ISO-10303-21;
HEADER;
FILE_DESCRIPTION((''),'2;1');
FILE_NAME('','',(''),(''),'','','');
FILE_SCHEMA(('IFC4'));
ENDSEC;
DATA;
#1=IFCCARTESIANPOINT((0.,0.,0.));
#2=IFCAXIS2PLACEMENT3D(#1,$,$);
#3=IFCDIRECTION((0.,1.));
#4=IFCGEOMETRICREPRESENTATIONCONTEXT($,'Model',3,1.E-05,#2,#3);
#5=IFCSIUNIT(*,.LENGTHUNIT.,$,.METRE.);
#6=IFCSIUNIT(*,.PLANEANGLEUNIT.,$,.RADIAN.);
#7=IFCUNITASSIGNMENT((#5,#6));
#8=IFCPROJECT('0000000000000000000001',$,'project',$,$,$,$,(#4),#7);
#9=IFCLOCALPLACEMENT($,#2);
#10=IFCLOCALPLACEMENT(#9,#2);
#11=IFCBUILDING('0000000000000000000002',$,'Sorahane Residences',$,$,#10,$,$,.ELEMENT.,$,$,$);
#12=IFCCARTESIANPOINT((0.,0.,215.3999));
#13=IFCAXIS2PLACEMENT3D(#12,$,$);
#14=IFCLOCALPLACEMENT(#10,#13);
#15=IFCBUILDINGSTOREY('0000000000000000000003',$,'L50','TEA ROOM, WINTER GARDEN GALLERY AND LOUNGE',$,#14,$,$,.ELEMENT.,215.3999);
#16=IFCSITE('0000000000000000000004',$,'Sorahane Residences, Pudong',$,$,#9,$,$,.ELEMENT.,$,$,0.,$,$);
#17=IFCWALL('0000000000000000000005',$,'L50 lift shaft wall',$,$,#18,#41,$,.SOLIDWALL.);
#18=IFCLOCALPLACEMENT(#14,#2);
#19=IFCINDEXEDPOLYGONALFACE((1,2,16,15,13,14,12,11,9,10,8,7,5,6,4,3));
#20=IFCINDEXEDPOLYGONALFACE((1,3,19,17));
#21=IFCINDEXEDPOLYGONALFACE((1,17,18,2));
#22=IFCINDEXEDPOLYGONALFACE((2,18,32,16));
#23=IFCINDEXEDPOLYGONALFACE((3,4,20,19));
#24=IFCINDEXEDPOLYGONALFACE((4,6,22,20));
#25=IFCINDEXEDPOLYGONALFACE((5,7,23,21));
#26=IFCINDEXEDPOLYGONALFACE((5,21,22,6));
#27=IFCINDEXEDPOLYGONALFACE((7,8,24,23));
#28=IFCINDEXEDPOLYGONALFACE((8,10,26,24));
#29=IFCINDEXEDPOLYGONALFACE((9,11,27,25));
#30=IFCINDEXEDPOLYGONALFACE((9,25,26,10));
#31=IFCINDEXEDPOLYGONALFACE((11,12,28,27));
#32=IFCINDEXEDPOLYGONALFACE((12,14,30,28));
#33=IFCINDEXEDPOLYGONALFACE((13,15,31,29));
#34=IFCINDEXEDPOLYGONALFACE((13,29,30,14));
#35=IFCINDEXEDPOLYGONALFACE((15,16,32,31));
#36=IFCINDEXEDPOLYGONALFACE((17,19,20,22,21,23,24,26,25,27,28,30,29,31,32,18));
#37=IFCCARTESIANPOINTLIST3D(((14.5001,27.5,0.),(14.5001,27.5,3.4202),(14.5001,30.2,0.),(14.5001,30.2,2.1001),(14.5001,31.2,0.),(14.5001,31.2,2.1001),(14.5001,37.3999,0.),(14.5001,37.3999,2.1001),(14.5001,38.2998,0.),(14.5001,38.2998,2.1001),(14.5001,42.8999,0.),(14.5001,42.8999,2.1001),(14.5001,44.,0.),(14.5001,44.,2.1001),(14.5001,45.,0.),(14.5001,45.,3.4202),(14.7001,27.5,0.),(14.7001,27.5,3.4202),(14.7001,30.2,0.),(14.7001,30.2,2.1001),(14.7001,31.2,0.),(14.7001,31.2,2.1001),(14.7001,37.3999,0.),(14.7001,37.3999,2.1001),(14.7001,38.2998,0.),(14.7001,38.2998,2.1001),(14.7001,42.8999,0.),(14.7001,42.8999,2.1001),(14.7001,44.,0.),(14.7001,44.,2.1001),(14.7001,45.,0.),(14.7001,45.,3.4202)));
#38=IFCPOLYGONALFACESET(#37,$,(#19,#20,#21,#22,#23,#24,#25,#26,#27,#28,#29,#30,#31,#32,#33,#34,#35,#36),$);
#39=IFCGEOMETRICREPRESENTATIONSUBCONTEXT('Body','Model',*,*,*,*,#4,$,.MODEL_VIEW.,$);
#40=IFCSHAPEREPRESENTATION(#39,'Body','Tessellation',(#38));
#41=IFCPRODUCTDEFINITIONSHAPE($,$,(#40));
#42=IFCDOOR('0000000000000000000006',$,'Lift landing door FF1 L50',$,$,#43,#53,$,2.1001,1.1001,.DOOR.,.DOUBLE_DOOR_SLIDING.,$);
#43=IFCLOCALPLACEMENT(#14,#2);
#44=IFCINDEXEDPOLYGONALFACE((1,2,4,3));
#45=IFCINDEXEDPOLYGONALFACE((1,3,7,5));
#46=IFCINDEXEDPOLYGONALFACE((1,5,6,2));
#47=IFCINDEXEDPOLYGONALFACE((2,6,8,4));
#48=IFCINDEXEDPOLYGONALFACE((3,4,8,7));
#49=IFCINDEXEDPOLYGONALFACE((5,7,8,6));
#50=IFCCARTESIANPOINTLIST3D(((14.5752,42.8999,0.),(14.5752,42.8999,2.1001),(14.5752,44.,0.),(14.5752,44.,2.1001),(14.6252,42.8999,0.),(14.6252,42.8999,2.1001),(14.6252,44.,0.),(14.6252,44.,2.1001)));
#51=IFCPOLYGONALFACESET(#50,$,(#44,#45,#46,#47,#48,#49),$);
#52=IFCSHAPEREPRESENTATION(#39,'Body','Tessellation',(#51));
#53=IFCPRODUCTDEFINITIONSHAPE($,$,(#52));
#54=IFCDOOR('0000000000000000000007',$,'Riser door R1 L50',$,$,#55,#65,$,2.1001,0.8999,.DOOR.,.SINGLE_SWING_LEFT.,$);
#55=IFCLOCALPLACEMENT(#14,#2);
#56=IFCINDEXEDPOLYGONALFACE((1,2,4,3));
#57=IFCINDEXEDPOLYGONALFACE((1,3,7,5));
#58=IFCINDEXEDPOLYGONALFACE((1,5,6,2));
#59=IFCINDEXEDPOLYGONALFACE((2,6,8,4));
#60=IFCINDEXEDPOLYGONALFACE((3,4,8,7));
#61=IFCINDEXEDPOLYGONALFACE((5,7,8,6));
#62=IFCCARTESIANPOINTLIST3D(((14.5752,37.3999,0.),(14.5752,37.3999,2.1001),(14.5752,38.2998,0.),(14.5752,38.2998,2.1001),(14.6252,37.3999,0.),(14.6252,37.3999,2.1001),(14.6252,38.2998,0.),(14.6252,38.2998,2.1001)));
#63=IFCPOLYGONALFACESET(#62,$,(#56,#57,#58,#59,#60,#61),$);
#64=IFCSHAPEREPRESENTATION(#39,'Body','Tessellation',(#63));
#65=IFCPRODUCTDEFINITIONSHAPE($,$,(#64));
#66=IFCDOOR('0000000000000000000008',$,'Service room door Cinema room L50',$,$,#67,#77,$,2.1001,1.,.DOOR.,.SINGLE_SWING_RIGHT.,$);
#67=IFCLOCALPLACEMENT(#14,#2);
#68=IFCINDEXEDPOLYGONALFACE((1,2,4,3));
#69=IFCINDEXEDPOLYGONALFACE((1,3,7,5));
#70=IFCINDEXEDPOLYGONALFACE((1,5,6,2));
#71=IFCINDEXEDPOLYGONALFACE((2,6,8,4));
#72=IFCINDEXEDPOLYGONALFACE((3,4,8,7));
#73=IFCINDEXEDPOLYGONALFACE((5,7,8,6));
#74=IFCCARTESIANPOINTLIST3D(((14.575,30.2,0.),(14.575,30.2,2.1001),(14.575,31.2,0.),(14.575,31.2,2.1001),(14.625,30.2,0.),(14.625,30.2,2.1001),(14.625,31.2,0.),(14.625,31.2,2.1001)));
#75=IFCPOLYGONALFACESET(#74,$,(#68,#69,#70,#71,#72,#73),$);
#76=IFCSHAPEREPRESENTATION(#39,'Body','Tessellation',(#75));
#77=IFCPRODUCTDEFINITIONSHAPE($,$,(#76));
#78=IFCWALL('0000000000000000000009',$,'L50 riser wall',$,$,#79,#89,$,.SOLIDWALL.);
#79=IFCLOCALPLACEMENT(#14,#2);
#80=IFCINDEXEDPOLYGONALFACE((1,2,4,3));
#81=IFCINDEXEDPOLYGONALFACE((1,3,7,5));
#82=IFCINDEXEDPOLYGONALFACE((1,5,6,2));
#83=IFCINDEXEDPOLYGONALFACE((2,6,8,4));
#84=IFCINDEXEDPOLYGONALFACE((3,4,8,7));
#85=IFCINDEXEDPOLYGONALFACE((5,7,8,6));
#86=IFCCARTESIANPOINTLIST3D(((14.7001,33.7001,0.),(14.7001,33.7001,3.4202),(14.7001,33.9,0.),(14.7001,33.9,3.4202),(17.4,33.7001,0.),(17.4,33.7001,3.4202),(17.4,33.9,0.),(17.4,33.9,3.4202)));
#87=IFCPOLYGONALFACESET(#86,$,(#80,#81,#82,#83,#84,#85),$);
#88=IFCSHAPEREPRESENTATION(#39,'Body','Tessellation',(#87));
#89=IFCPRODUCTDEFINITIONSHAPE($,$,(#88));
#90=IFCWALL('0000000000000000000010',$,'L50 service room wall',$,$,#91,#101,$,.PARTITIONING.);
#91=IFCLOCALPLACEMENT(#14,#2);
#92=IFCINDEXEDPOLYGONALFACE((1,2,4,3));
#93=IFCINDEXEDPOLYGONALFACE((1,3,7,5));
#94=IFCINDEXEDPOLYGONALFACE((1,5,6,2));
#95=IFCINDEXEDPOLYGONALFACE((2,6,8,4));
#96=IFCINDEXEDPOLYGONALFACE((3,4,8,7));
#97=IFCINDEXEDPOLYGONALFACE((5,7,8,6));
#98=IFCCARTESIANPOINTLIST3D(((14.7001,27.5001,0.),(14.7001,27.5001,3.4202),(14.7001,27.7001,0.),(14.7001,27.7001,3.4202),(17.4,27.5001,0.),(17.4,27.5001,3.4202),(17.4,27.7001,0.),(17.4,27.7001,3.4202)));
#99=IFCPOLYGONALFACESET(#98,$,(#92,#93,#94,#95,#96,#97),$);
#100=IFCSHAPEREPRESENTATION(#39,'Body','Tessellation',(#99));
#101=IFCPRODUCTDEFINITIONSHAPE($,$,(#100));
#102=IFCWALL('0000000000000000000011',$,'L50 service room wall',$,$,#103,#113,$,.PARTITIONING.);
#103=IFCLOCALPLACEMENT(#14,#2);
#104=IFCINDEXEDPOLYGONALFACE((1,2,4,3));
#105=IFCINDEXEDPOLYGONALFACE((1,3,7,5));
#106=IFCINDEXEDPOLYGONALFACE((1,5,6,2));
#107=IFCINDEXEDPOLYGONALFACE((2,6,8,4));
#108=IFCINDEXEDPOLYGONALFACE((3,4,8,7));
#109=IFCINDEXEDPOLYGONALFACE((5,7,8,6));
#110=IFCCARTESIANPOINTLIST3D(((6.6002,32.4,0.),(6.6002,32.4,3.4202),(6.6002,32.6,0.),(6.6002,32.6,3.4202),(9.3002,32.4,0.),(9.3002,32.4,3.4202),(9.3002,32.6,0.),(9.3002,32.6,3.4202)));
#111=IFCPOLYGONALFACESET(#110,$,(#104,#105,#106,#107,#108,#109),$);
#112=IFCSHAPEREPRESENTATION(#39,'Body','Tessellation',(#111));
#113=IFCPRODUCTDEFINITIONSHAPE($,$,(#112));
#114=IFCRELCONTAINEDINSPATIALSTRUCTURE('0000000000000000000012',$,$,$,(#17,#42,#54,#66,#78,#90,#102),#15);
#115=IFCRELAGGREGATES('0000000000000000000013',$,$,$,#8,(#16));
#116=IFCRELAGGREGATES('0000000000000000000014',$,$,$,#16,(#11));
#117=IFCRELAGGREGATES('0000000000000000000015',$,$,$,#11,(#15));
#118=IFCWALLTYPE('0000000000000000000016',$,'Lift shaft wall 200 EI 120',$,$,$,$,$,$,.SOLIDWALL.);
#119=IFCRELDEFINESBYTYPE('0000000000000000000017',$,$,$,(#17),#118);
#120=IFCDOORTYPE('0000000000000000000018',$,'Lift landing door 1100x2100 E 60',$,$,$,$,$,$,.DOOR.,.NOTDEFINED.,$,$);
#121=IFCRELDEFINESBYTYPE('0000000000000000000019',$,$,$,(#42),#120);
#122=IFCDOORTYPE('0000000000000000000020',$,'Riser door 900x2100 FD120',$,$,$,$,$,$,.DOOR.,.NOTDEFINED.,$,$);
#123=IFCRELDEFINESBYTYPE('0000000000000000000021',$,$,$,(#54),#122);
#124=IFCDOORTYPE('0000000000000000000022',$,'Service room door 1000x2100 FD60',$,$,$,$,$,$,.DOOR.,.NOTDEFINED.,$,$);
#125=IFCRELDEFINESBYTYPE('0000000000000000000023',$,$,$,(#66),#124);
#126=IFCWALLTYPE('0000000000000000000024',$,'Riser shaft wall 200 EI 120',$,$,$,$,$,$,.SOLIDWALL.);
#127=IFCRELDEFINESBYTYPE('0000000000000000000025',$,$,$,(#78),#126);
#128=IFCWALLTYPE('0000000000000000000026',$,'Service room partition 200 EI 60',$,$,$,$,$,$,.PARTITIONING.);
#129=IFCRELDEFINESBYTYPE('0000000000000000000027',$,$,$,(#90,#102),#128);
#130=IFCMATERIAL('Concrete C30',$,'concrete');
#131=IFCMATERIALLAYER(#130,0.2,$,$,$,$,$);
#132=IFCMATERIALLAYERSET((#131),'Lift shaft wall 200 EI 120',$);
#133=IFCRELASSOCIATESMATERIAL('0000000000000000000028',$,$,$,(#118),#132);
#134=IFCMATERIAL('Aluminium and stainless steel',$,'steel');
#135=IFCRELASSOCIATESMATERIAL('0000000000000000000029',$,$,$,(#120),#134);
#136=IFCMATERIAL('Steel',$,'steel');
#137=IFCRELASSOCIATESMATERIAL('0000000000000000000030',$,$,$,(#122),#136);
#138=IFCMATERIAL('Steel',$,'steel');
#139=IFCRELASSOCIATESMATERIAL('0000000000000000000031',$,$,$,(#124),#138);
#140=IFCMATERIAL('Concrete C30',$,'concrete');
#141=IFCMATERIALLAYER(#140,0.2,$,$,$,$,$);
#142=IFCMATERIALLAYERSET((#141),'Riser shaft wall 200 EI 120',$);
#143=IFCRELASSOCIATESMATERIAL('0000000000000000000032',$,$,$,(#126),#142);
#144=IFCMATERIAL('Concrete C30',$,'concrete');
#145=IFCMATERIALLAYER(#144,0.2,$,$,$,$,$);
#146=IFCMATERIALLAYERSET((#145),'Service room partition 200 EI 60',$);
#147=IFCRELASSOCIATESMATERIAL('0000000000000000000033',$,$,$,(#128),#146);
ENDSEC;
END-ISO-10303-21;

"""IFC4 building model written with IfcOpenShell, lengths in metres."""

from ifc_helpers import new_model, si_unit, direction, frame, frame_2d, origin, place, context, subcontext, project, spatial, rectangle, extrude, material, layer, layer_set, type_object, element, fill, save


model = new_model("IFC4")

# Units and contexts
model_context = context("Model", 3, precision=1e-05, world=origin(), true_north=direction((0.0, 1.0)))
body_context = subcontext(model_context, "Body", "Model", "MODEL_VIEW")
ifc_project = project(units=[si_unit("LENGTHUNIT", "METRE"), si_unit("PLANEANGLEUNIT", "RADIAN")], contexts=[model_context])

# Site, building, storey
site_placement = place(None, origin())
site = spatial("IfcSite", under=ifc_project, at=site_placement, Name="Sorahane Residences, Pudong", CompositionType="ELEMENT", RefElevation=0.0)
building_placement = place(site_placement, origin())
building = spatial("IfcBuilding", under=site, at=building_placement, Name="Sorahane Residences", CompositionType="ELEMENT")
storey_placement = place(building_placement, frame((0.0, 0.0, 215.3999)))
storey = spatial("IfcBuildingStorey", under=building, at=storey_placement, Name="L50", Description="TEA ROOM, WINTER GARDEN GALLERY AND LOUNGE", CompositionType="ELEMENT", Elevation=215.3999)

# Wall, openings, doors
ifc_material_1 = material(Name="Concrete C30", Category="concrete")
ifc_layer_1 = layer(ifc_material_1, 0.2)
ifc_layer_set_1 = layer_set([ifc_layer_1], Name="Lift shaft wall 200 EI 120")
wall_type_1 = type_object("IfcWallType", Name="Lift shaft wall 200 EI 120", PredefinedType="SOLIDWALL", material=ifc_layer_set_1)
wall_1_placement = place(storey_placement, frame((14.6001, 27.5, 0.0), z_axis=(0.0, 0.0, 1.0), x_axis=(0.0, 1.0, 0.0)))
wall_1 = element("IfcWall", 1, at=wall_1_placement, inside=storey, type_object=wall_type_1, Name="L50 lift shaft wall", PredefinedType="SOLIDWALL", context=body_context, shape_type="SweptSolid", body=[
    extrude(rectangle(XDim=17.5, YDim=0.2, at=frame_2d((8.75, 0.0))), origin(), (0.0, 0.0, 1.0), 3.4202),
])
opening_1_placement = place(wall_1_placement, frame((15.3999, 0.0, 0.0)))
opening_1 = element("IfcOpeningElement", 2, at=opening_1_placement, cuts=wall_1, PredefinedType="OPENING", context=body_context, shape_type="SweptSolid", body=[
    extrude(rectangle(XDim=1.1001, YDim=2.1001, at=frame_2d((0.55, 1.05))), frame((0.0, 0.1099, 0.0), z_axis=(0.0, -1.0, 0.0), x_axis=(1.0, 0.0, 0.0)), (0.0, 0.0, 1.0), 0.22),
])
opening_2_placement = place(wall_1_placement, frame((2.7, 0.0, 0.0)))
opening_2 = element("IfcOpeningElement", 3, at=opening_2_placement, cuts=wall_1, PredefinedType="OPENING", context=body_context, shape_type="SweptSolid", body=[
    extrude(rectangle(XDim=1.0, YDim=2.1001, at=frame_2d((0.5, 1.05))), frame((0.0, 0.1099, 0.0), z_axis=(0.0, -1.0, 0.0), x_axis=(1.0, 0.0, 0.0)), (0.0, 0.0, 1.0), 0.22),
])
opening_3_placement = place(wall_1_placement, frame((9.8999, 0.0, 0.0)))
opening_3 = element("IfcOpeningElement", 4, at=opening_3_placement, cuts=wall_1, PredefinedType="OPENING", context=body_context, shape_type="SweptSolid", body=[
    extrude(rectangle(XDim=0.8999, YDim=2.1001, at=frame_2d((0.45, 1.05))), frame((0.0, 0.1099, 0.0), z_axis=(0.0, -1.0, 0.0), x_axis=(1.0, 0.0, 0.0)), (0.0, 0.0, 1.0), 0.22),
])
ifc_material_2 = material(Name="Aluminium and stainless steel", Category="steel")
door_type_1 = type_object("IfcDoorType", Name="Lift landing door 1100x2100 E 60", OperationType="NOTDEFINED", PredefinedType="DOOR", material=ifc_material_2)
door_1_placement = place(opening_1_placement, origin())
door_1 = element("IfcDoor", 5, at=door_1_placement, inside=storey, type_object=door_type_1, Name="Lift landing door FF1 L50", OperationType="DOUBLE_DOOR_SLIDING", OverallHeight=2.1001, OverallWidth=1.1001, PredefinedType="DOOR", context=body_context, shape_type="SweptSolid", body=[
    extrude(rectangle(XDim=1.1001, YDim=2.1001, at=frame_2d((0.55, 1.05))), frame((0.0, 0.0249, 0.0), z_axis=(0.0, -1.0, 0.0), x_axis=(1.0, 0.0, 0.0)), (0.0, 0.0, 1.0), 0.05),
])
fill(opening_1, door_1)
ifc_material_3 = material(Name="Steel", Category="steel")
door_type_2 = type_object("IfcDoorType", Name="Riser door 900x2100 FD120", OperationType="NOTDEFINED", PredefinedType="DOOR", material=ifc_material_3)
door_2_placement = place(opening_3_placement, origin())
door_2 = element("IfcDoor", 6, at=door_2_placement, inside=storey, type_object=door_type_2, Name="Riser door R1 L50", OperationType="SINGLE_SWING_LEFT", OverallHeight=2.1001, OverallWidth=0.8999, PredefinedType="DOOR", context=body_context, shape_type="SweptSolid", body=[
    extrude(rectangle(XDim=0.8999, YDim=2.1001, at=frame_2d((0.45, 1.05))), frame((0.0, 0.0249, 0.0), z_axis=(0.0, -1.0, 0.0), x_axis=(1.0, 0.0, 0.0)), (0.0, 0.0, 1.0), 0.05),
])
fill(opening_3, door_2)
ifc_material_4 = material(Name="Steel", Category="steel")
door_type_3 = type_object("IfcDoorType", Name="Service room door 1000x2100 FD60", OperationType="NOTDEFINED", PredefinedType="DOOR", material=ifc_material_4)
door_3_placement = place(opening_2_placement, frame((1.0, 0.0, 0.0), z_axis=(0.0, 0.0, 1.0), x_axis=(-1.0, 0.0, 0.0)))
door_3 = element("IfcDoor", 7, at=door_3_placement, inside=storey, type_object=door_type_3, Name="Service room door Cinema room L50", OperationType="SINGLE_SWING_RIGHT", OverallHeight=2.1001, OverallWidth=1.0, PredefinedType="DOOR", context=body_context, shape_type="SweptSolid", body=[
    extrude(rectangle(XDim=1.0, YDim=2.1001, at=frame_2d((0.5, 1.05))), frame((0.0, 0.0249, 0.0), z_axis=(0.0, -1.0, 0.0), x_axis=(1.0, 0.0, 0.0)), (0.0, 0.0, 1.0), 0.05),
])
fill(opening_2, door_3)

# Walls
ifc_material_5 = material(Name="Concrete C30", Category="concrete")
ifc_layer_2 = layer(ifc_material_5, 0.2)
ifc_layer_set_2 = layer_set([ifc_layer_2], Name="Riser shaft wall 200 EI 120")
wall_type_2 = type_object("IfcWallType", Name="Riser shaft wall 200 EI 120", PredefinedType="SOLIDWALL", material=ifc_layer_set_2)
wall_2_placement = place(storey_placement, frame((14.7, 33.8, 0.0), z_axis=(0.0, 0.0, 1.0), x_axis=(1.0, 0.0, 0.0)))
element("IfcWall", 8, at=wall_2_placement, inside=storey, type_object=wall_type_2, Name="L50 riser wall", PredefinedType="SOLIDWALL", context=body_context, shape_type="SweptSolid", body=[
    extrude(rectangle(XDim=2.7, YDim=0.2, at=frame_2d((1.3501, 0.0))), origin(), (0.0, 0.0, 1.0), 3.4202),
])
ifc_material_6 = material(Name="Concrete C30", Category="concrete")
ifc_layer_3 = layer(ifc_material_6, 0.2)
ifc_layer_set_3 = layer_set([ifc_layer_3], Name="Service room partition 200 EI 60")
wall_type_3 = type_object("IfcWallType", Name="Service room partition 200 EI 60", PredefinedType="PARTITIONING", material=ifc_layer_set_3)
for number, where, z_axis, x_axis, name in (
    (9, (14.7, 27.6001, 0.0), (0.0, 0.0, 1.0), (1.0, 0.0, 0.0), "L50 service room wall"),
    (10, (6.6001, 32.5, 0.0), (0.0, 0.0, 1.0), (1.0, 0.0, 0.0), "L50 service room wall"),
):
    element("IfcWall", number, at=place(storey_placement, frame(where, z_axis=z_axis, x_axis=x_axis)), inside=storey, type_object=wall_type_3, Name=name, PredefinedType="PARTITIONING", context=body_context, shape_type="SweptSolid", body=[
        extrude(rectangle(XDim=2.7, YDim=0.2, at=frame_2d((1.3501, 0.0))), origin(), (0.0, 0.0, 1.0), 3.4202),
    ])

save(model, "model.ifc")
